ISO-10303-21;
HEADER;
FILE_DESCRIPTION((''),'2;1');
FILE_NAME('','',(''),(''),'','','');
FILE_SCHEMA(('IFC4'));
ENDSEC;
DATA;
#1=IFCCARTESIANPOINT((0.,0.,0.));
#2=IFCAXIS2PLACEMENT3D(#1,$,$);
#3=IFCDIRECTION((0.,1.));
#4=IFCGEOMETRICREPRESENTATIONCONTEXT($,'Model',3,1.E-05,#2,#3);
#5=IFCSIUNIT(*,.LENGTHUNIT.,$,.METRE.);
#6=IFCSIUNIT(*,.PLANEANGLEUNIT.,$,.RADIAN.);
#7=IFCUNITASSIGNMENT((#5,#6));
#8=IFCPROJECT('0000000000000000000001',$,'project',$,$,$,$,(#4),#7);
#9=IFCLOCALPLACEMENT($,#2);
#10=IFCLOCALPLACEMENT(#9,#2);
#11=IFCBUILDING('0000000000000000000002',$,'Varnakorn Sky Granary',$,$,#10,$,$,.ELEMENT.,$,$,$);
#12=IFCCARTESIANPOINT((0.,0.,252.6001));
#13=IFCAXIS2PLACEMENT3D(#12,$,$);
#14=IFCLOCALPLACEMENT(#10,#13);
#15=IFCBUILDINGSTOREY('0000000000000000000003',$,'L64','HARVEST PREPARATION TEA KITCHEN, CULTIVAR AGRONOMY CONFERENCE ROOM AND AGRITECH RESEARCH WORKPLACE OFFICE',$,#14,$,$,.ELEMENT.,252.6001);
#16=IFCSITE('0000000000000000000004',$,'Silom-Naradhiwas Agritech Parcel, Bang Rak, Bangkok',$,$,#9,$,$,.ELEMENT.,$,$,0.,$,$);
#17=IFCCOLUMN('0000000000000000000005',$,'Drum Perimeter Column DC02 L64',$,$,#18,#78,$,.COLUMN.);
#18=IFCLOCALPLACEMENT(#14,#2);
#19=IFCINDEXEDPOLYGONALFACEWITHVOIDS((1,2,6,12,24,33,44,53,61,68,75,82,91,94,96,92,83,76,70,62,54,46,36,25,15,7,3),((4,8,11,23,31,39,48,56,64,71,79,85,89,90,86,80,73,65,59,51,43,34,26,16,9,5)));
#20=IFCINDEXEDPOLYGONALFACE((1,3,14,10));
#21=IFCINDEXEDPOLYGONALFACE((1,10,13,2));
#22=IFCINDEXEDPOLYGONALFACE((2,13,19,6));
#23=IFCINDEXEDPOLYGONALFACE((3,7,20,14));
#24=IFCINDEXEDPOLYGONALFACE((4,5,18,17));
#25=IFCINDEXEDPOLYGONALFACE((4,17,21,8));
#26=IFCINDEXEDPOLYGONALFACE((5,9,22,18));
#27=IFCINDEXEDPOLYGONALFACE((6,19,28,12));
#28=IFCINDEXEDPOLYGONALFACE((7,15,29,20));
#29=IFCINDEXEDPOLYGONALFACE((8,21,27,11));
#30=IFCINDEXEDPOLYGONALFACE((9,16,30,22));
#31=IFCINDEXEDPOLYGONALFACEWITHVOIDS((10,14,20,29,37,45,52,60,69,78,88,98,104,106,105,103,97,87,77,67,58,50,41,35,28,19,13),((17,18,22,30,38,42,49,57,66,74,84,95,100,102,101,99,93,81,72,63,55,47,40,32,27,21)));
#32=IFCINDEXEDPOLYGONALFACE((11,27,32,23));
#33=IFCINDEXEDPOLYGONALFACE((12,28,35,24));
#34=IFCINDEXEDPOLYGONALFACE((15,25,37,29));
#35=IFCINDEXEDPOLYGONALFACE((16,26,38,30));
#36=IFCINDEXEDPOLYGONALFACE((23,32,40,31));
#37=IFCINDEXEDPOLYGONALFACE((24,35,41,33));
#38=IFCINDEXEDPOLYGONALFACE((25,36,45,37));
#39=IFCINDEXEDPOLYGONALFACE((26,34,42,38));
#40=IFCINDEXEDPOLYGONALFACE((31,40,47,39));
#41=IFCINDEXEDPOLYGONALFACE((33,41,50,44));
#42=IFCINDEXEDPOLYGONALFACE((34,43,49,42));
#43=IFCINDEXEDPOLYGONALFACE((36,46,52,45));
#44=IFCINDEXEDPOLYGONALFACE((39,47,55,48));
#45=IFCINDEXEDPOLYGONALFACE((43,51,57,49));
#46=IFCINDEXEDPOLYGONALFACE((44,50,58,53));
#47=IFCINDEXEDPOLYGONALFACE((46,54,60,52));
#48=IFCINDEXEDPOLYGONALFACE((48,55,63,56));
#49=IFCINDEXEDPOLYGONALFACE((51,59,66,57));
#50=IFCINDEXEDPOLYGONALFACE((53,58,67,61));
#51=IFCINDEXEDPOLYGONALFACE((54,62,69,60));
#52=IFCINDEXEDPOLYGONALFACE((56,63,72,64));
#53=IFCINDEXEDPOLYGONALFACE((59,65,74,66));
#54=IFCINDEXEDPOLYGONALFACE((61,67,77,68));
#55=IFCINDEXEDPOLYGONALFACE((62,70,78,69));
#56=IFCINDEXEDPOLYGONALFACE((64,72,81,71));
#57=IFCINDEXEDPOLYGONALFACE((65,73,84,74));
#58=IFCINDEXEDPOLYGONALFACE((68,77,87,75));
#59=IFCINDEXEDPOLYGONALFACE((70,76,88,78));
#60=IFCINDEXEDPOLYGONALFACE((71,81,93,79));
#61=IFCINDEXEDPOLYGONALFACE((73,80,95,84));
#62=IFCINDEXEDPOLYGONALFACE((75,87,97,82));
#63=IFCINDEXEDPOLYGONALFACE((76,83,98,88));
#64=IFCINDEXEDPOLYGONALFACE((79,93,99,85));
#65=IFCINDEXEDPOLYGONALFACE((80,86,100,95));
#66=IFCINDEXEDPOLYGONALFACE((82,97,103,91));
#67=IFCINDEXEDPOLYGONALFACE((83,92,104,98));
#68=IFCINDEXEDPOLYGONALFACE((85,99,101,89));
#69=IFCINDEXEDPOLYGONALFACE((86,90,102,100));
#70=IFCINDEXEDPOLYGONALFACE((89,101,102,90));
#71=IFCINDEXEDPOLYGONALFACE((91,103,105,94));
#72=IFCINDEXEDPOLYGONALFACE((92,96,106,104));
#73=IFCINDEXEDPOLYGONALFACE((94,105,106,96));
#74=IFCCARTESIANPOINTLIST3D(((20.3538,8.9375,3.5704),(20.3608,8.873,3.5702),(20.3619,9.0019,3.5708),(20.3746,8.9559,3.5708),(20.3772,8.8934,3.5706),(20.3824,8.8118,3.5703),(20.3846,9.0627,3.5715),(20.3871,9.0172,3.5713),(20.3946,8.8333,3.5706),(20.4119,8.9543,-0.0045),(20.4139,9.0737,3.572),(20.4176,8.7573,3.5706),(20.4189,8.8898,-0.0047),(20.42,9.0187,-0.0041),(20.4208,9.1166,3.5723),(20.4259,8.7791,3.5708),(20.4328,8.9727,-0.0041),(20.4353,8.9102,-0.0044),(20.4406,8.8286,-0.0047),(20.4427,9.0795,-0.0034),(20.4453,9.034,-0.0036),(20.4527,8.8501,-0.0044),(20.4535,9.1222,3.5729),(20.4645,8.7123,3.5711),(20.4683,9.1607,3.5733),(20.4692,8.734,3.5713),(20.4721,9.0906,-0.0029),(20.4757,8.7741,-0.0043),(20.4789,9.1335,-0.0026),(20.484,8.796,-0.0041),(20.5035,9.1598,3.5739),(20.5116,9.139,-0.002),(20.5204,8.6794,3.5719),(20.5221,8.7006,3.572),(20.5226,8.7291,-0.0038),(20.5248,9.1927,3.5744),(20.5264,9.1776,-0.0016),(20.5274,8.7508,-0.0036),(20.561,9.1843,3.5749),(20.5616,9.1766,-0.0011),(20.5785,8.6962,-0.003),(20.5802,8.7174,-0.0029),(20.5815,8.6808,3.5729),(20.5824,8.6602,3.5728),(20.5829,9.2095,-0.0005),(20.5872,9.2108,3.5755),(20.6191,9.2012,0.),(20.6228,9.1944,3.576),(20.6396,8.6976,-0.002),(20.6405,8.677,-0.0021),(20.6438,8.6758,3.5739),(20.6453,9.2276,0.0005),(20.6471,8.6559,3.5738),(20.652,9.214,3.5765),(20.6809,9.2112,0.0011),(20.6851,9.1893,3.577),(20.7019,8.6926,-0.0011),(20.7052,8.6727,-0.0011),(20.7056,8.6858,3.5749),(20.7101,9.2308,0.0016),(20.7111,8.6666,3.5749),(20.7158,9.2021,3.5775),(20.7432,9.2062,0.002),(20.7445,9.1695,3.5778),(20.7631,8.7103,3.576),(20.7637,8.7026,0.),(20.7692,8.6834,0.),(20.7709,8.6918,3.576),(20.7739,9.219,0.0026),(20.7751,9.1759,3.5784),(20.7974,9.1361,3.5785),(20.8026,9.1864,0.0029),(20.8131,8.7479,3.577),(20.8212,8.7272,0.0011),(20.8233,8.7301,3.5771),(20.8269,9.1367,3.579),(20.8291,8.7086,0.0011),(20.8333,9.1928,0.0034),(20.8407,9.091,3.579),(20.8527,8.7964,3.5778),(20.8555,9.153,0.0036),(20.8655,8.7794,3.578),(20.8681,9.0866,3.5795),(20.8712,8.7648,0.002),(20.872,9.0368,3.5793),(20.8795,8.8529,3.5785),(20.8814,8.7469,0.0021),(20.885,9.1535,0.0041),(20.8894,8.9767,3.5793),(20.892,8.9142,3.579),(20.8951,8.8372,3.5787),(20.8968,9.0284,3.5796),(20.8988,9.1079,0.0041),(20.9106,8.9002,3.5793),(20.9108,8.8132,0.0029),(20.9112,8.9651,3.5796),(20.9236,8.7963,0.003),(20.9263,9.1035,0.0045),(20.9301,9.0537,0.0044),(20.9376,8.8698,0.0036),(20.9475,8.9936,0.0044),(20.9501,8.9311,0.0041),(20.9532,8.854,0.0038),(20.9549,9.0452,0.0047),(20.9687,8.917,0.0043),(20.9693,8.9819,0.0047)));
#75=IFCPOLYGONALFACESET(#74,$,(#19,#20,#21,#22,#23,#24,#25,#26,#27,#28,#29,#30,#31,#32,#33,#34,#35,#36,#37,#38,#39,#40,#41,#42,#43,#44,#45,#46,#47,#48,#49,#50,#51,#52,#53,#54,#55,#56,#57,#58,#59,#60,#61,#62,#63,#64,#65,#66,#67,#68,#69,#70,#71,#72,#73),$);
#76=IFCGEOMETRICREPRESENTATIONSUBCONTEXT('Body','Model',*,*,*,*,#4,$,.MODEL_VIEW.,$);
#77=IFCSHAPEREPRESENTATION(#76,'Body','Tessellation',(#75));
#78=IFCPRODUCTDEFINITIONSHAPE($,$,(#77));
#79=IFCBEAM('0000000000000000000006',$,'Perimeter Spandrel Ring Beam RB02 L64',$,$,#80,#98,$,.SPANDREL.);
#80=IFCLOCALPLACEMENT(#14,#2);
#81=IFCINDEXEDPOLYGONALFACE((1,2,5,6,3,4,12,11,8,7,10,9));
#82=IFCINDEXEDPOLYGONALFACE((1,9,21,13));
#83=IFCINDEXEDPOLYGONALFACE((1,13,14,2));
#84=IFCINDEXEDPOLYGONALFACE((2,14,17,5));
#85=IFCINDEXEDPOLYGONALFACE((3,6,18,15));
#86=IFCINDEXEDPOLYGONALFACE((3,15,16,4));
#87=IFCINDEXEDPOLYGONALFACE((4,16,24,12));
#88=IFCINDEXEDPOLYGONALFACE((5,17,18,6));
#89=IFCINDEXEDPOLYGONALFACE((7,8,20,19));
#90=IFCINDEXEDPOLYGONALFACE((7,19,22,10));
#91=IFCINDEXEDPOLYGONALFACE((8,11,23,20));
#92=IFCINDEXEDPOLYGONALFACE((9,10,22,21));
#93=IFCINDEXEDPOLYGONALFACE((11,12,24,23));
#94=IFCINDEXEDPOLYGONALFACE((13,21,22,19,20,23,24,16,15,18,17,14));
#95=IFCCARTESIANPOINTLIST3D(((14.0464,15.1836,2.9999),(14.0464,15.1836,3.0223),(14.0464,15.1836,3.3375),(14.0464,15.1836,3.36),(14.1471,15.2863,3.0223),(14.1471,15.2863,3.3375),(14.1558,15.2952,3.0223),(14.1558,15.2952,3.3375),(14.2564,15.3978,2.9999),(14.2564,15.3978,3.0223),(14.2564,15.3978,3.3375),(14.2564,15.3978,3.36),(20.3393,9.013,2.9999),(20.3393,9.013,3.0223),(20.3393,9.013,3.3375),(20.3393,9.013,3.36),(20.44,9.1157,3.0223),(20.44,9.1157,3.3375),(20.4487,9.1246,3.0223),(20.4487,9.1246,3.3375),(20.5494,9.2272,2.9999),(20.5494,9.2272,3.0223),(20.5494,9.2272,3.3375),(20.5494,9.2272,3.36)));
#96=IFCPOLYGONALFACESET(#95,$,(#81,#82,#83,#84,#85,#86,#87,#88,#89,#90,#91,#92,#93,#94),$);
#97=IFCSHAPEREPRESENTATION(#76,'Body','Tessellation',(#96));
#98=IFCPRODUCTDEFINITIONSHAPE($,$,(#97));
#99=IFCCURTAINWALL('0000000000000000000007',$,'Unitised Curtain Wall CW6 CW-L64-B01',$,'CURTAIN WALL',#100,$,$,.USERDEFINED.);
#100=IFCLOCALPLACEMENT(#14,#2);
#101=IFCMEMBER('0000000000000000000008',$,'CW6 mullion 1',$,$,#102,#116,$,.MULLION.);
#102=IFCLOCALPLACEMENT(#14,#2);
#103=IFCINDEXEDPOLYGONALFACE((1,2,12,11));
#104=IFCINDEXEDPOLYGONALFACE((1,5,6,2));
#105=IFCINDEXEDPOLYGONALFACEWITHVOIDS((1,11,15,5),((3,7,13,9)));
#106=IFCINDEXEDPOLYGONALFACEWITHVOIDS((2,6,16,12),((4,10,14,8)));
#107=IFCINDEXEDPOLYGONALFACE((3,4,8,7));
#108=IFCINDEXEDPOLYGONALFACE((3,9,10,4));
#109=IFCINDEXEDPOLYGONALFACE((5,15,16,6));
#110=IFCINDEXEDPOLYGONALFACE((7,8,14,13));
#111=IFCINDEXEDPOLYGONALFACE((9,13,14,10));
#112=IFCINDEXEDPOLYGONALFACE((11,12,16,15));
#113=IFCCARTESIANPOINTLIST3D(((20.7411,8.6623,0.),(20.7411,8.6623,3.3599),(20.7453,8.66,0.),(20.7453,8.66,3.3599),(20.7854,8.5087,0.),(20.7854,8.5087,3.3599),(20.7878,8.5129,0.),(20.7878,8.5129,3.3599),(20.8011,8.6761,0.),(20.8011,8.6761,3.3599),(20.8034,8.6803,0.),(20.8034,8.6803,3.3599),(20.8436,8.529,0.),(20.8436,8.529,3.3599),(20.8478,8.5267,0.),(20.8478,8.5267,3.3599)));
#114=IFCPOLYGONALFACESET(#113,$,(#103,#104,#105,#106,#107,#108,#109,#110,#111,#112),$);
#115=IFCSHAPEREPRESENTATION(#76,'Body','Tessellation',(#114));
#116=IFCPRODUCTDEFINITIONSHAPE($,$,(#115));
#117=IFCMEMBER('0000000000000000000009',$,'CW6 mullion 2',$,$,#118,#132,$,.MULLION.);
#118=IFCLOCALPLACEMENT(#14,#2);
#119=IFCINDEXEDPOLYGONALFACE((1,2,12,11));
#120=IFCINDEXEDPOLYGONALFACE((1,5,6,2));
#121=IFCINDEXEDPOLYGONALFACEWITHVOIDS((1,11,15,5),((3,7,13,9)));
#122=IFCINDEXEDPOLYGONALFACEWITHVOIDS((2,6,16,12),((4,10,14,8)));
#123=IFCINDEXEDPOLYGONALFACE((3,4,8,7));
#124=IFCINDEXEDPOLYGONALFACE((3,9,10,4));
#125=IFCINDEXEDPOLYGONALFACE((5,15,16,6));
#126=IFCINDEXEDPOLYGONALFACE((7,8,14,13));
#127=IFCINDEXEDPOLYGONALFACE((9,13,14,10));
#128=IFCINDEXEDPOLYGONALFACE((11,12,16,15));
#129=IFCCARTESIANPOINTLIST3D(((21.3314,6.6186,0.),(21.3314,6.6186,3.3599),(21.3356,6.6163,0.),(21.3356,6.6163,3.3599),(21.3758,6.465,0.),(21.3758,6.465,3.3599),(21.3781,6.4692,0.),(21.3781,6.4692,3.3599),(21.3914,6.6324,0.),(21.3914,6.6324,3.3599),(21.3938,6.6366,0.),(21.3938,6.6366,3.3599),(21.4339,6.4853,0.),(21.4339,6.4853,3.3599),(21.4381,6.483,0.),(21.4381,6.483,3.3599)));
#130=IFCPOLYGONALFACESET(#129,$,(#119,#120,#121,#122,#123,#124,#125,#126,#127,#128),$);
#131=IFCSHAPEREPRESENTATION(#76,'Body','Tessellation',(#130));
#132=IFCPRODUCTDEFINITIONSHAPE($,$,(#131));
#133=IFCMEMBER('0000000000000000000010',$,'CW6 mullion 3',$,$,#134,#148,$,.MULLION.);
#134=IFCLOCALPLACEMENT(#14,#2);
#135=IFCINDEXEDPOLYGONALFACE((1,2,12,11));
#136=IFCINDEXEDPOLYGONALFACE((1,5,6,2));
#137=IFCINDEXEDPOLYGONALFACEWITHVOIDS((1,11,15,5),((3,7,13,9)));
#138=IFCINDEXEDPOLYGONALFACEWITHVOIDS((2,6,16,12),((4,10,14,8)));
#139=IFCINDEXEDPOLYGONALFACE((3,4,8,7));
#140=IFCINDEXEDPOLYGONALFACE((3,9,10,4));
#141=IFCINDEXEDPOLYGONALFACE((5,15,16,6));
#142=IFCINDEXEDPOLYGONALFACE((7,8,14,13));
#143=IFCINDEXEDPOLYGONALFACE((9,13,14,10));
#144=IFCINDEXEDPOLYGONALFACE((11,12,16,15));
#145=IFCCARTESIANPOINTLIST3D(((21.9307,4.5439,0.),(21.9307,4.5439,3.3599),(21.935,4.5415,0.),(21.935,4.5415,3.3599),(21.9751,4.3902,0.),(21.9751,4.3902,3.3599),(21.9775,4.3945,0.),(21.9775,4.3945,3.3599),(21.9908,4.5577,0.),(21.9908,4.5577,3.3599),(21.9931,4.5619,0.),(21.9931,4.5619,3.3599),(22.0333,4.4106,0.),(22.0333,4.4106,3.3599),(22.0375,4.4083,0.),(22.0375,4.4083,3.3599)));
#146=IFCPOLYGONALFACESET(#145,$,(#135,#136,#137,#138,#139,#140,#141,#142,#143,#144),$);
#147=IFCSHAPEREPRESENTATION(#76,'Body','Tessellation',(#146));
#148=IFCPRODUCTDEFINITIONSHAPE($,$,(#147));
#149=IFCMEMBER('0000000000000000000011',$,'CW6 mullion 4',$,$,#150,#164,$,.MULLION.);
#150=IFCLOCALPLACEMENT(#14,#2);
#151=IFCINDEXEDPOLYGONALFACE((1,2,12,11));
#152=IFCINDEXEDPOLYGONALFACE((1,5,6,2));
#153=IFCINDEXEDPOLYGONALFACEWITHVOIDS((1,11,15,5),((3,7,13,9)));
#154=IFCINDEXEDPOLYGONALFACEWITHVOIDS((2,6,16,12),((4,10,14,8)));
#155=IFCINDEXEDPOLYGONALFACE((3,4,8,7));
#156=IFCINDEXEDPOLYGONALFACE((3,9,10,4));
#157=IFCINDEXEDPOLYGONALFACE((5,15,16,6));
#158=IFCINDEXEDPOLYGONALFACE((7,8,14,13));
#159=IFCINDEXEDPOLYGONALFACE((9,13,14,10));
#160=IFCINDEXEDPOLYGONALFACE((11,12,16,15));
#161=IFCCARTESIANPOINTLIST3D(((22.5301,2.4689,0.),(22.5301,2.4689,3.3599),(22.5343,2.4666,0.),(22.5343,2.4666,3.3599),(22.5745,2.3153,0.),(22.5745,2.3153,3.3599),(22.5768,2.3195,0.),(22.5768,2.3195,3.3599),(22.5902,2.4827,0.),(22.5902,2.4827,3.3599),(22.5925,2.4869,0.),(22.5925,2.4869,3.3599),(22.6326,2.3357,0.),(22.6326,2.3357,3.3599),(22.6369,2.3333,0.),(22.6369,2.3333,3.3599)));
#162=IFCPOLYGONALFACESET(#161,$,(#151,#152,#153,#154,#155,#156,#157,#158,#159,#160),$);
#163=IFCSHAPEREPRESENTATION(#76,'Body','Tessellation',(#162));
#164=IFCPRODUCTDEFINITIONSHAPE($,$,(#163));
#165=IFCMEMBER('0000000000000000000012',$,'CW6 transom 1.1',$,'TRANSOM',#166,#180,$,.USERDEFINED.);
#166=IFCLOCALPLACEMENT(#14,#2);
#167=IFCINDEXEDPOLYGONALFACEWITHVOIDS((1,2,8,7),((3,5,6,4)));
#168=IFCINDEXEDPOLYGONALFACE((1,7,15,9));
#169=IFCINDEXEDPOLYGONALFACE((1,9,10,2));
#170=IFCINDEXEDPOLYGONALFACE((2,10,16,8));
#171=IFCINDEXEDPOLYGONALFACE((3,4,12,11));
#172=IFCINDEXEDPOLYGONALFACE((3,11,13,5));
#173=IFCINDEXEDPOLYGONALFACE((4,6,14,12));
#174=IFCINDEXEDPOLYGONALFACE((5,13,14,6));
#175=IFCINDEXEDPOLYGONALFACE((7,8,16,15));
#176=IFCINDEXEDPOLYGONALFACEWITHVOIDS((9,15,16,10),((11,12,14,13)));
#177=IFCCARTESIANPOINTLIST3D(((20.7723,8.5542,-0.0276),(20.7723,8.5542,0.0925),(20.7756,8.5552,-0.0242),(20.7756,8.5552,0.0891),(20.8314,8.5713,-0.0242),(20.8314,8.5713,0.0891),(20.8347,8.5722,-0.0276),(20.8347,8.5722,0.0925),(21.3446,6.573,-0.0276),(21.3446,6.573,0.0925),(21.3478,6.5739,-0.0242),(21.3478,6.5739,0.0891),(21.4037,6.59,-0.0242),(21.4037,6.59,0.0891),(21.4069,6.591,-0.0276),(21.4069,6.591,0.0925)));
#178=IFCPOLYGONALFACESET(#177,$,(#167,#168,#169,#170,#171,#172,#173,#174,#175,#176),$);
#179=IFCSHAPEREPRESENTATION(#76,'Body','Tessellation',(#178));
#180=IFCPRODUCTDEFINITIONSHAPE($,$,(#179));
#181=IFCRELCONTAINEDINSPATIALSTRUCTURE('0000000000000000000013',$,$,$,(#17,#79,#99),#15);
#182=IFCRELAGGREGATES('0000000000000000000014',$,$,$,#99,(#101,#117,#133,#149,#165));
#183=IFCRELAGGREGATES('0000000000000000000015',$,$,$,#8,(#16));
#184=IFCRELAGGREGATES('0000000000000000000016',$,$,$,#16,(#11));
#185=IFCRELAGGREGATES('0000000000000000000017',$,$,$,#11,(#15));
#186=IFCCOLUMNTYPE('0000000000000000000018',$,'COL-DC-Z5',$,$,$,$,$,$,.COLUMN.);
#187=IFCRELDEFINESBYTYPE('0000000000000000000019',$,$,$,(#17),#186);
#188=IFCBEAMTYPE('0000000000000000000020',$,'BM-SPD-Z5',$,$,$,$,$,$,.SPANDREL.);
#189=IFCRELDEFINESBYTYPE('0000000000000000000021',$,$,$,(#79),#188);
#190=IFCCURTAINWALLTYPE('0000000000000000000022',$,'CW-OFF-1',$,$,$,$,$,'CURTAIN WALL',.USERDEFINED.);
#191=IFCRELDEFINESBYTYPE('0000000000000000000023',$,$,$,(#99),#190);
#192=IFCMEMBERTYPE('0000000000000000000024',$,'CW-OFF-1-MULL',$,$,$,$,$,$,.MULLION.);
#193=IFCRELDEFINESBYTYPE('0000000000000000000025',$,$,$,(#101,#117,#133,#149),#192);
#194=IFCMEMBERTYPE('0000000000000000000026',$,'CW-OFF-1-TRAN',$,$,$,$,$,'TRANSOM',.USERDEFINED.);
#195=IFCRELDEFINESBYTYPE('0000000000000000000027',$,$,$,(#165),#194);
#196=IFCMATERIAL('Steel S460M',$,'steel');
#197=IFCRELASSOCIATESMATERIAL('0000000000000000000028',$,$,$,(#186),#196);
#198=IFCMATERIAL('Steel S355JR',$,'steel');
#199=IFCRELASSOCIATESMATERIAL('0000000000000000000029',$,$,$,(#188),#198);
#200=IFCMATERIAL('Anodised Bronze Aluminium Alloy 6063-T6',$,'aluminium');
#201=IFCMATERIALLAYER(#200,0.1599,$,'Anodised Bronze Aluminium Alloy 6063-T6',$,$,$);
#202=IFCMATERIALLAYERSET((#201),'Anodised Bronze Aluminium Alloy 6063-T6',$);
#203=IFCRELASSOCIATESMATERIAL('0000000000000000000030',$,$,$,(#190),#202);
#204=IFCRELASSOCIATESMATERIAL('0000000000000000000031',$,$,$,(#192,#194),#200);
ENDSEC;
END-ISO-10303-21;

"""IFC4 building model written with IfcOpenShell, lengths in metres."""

from ifc_helpers import new_model, si_unit, direction, frame, origin, origin_2d, place, context, subcontext, project, spatial, hollow_rectangle, hollow_circle, i_section, extrude, material, layer, layer_set, material_profile, profile_set, type_object, element, aggregate, save


model = new_model("IFC4")

# Units and contexts
model_context = context("Model", 3, precision=1e-05, world=origin(), true_north=direction((0.0, 1.0)))
body_context = subcontext(model_context, "Body", "Model", "MODEL_VIEW")
ifc_project = project(units=[si_unit("LENGTHUNIT", "METRE"), si_unit("PLANEANGLEUNIT", "RADIAN")], contexts=[model_context])

# Site, building, storey
site_placement = place(None, origin())
site = spatial("IfcSite", under=ifc_project, at=site_placement, Name="Silom-Naradhiwas Agritech Parcel, Bang Rak, Bangkok", CompositionType="ELEMENT", RefElevation=0.0)
building_placement = place(site_placement, origin())
building = spatial("IfcBuilding", under=site, at=building_placement, Name="Varnakorn Sky Granary", CompositionType="ELEMENT")
storey_placement = place(building_placement, frame((0.0, 0.0, 252.6001)))
storey = spatial("IfcBuildingStorey", under=building, at=storey_placement, Name="L64", Description="HARVEST PREPARATION TEA KITCHEN, CULTIVAR AGRONOMY CONFERENCE ROOM AND AGRITECH RESEARCH WORKPLACE OFFICE", CompositionType="ELEMENT", Elevation=252.6001)

# Column
ifc_material_1 = material(Name="Steel S460M", Category="steel")
ifc_material_profile_1 = material_profile(ifc_material_1, hollow_circle(Radius=0.2795, WallThickness=0.02, at=origin_2d()), Name="CHS 559x20")
ifc_profile_set_1 = profile_set([ifc_material_profile_1], Name="Steel S460M")
column_type = type_object("IfcColumnType", Name="COL-DC-Z5", PredefinedType="COLUMN", material=ifc_profile_set_1)
column_placement = place(storey_placement, frame((20.6914, 8.9519, 0.0), z_axis=(-0.016251, -0.004711, 0.999857), x_axis=(0.27845, -0.960451, 0.0)))
element("IfcColumn", 1, at=column_placement, inside=storey, type_object=column_type, Name="Drum Perimeter Column DC02 L64", PredefinedType="COLUMN", context=body_context, shape_type="SweptSolid", body=[
    extrude(hollow_circle(Radius=0.2795, WallThickness=0.02, at=origin_2d()), origin(), (0.0, 0.0, 1.0), 3.5754),
])

# Beam
ifc_material_2 = material(Name="Steel S355JR", Category="steel")
ifc_material_profile_2 = material_profile(ifc_material_2, i_section(OverallWidth=0.3, OverallDepth=0.3601, WebThickness=0.0125, FlangeThickness=0.0225, at=origin_2d()), Name="HE 360 B")
ifc_profile_set_2 = profile_set([ifc_material_profile_2], Name="Steel S355JR")
beam_type = type_object("IfcBeamType", Name="BM-SPD-Z5", PredefinedType="SPANDREL", material=ifc_profile_set_2)
beam_placement = place(storey_placement, frame((20.4443, 9.1201, 3.1799), z_axis=(-0.714012, 0.700134, 0.0), x_axis=(-0.700134, -0.714012, 0.0)))
element("IfcBeam", 2, at=beam_placement, inside=storey, type_object=beam_type, Name="Perimeter Spandrel Ring Beam RB02 L64", PredefinedType="SPANDREL", context=body_context, shape_type="SweptSolid", body=[
    extrude(i_section(OverallWidth=0.3, OverallDepth=0.3601, WebThickness=0.0125, FlangeThickness=0.0225, at=origin_2d()), origin(), (0.0, 0.0, 1.0), 8.8135),
])

# Curtain wall, members
ifc_material_3 = material(Name="Anodised Bronze Aluminium Alloy 6063-T6", Category="aluminium")
ifc_layer_1 = layer(ifc_material_3, 0.1599, Name="Anodised Bronze Aluminium Alloy 6063-T6")
ifc_layer_set_1 = layer_set([ifc_layer_1], Name="Anodised Bronze Aluminium Alloy 6063-T6")
curtain_wall_type = type_object("IfcCurtainWallType", Name="CW-OFF-1", ElementType="CURTAIN WALL", PredefinedType="USERDEFINED", material=ifc_layer_set_1)
curtain_wall_placement = place(storey_placement, origin())
curtain_wall = element("IfcCurtainWall", 3, at=curtain_wall_placement, inside=storey, type_object=curtain_wall_type, Name="Unitised Curtain Wall CW6 CW-L64-B01", ObjectType="CURTAIN WALL", PredefinedType="USERDEFINED")
ifc_material_profile_3 = material_profile(ifc_material_3, hollow_rectangle(XDim=0.0649, YDim=0.1599, WallThickness=0.0034, at=origin_2d()), Name="ALU MULL 65x160")
ifc_profile_set_3 = profile_set([ifc_material_profile_3], Name="Anodised Bronze Aluminium Alloy 6063-T6")
member_type_1 = type_object("IfcMemberType", Name="CW-OFF-1-MULL", PredefinedType="MULLION", material=ifc_profile_set_3)
member_1_placement = place(storey_placement, frame((20.7944, 8.5945, 0.0), z_axis=(0.0, 0.0, 1.0), x_axis=(0.960725, 0.277501, 0.0)))
member_1 = element("IfcMember", 4, at=member_1_placement, type_object=member_type_1, Name="CW6 mullion 1", PredefinedType="MULLION", context=body_context, shape_type="SweptSolid", body=[
    extrude(hollow_rectangle(XDim=0.0649, YDim=0.1599, WallThickness=0.0034, at=origin_2d()), origin(), (0.0, 0.0, 1.0), 3.3599),
])
member_2_placement = place(storey_placement, frame((21.3848, 6.5508, 0.0), z_axis=(0.0, 0.0, 1.0), x_axis=(0.960725, 0.277501, 0.0)))
member_2 = element("IfcMember", 5, at=member_2_placement, type_object=member_type_1, Name="CW6 mullion 2", PredefinedType="MULLION", context=body_context, shape_type="SweptSolid", body=[
    extrude(hollow_rectangle(XDim=0.0649, YDim=0.1599, WallThickness=0.0034, at=origin_2d()), origin(), (0.0, 0.0, 1.0), 3.3599),
])
member_3_placement = place(storey_placement, frame((21.9841, 4.4761, 0.0), z_axis=(0.0, 0.0, 1.0), x_axis=(0.960725, 0.277501, 0.0)))
member_3 = element("IfcMember", 6, at=member_3_placement, type_object=member_type_1, Name="CW6 mullion 3", PredefinedType="MULLION", context=body_context, shape_type="SweptSolid", body=[
    extrude(hollow_rectangle(XDim=0.0649, YDim=0.1599, WallThickness=0.0034, at=origin_2d()), origin(), (0.0, 0.0, 1.0), 3.3599),
])
member_4_placement = place(storey_placement, frame((22.5835, 2.4011, 0.0), z_axis=(0.0, 0.0, 1.0), x_axis=(0.960725, 0.277501, 0.0)))
member_4 = element("IfcMember", 7, at=member_4_placement, type_object=member_type_1, Name="CW6 mullion 4", PredefinedType="MULLION", context=body_context, shape_type="SweptSolid", body=[
    extrude(hollow_rectangle(XDim=0.0649, YDim=0.1599, WallThickness=0.0034, at=origin_2d()), origin(), (0.0, 0.0, 1.0), 3.3599),
])
ifc_material_profile_4 = material_profile(ifc_material_3, hollow_rectangle(XDim=0.0649, YDim=0.1201, WallThickness=0.0034, at=origin_2d()), Name="ALU TRAN 65x120")
ifc_profile_set_4 = profile_set([ifc_material_profile_4], Name="Anodised Bronze Aluminium Alloy 6063-T6")
member_type_2 = type_object("IfcMemberType", Name="CW-OFF-1-TRAN", ElementType="TRANSOM", PredefinedType="USERDEFINED", material=ifc_profile_set_4)
member_5_placement = place(storey_placement, frame((20.8035, 8.5632, 0.0325), z_axis=(0.277503, -0.960725, 0.0), x_axis=(0.960725, 0.277503, 0.0)))
member_5 = element("IfcMember", 8, at=member_5_placement, type_object=member_type_2, Name="CW6 transom 1.1", ObjectType="TRANSOM", PredefinedType="USERDEFINED", context=body_context, shape_type="SweptSolid", body=[
    extrude(hollow_rectangle(XDim=0.0649, YDim=0.1201, WallThickness=0.0034, at=origin_2d()), origin(), (0.0, 0.0, 1.0), 2.0623),
])

aggregate(curtain_wall, [member_1, member_2, member_3, member_4, member_5])

save(model, "model.ifc")
